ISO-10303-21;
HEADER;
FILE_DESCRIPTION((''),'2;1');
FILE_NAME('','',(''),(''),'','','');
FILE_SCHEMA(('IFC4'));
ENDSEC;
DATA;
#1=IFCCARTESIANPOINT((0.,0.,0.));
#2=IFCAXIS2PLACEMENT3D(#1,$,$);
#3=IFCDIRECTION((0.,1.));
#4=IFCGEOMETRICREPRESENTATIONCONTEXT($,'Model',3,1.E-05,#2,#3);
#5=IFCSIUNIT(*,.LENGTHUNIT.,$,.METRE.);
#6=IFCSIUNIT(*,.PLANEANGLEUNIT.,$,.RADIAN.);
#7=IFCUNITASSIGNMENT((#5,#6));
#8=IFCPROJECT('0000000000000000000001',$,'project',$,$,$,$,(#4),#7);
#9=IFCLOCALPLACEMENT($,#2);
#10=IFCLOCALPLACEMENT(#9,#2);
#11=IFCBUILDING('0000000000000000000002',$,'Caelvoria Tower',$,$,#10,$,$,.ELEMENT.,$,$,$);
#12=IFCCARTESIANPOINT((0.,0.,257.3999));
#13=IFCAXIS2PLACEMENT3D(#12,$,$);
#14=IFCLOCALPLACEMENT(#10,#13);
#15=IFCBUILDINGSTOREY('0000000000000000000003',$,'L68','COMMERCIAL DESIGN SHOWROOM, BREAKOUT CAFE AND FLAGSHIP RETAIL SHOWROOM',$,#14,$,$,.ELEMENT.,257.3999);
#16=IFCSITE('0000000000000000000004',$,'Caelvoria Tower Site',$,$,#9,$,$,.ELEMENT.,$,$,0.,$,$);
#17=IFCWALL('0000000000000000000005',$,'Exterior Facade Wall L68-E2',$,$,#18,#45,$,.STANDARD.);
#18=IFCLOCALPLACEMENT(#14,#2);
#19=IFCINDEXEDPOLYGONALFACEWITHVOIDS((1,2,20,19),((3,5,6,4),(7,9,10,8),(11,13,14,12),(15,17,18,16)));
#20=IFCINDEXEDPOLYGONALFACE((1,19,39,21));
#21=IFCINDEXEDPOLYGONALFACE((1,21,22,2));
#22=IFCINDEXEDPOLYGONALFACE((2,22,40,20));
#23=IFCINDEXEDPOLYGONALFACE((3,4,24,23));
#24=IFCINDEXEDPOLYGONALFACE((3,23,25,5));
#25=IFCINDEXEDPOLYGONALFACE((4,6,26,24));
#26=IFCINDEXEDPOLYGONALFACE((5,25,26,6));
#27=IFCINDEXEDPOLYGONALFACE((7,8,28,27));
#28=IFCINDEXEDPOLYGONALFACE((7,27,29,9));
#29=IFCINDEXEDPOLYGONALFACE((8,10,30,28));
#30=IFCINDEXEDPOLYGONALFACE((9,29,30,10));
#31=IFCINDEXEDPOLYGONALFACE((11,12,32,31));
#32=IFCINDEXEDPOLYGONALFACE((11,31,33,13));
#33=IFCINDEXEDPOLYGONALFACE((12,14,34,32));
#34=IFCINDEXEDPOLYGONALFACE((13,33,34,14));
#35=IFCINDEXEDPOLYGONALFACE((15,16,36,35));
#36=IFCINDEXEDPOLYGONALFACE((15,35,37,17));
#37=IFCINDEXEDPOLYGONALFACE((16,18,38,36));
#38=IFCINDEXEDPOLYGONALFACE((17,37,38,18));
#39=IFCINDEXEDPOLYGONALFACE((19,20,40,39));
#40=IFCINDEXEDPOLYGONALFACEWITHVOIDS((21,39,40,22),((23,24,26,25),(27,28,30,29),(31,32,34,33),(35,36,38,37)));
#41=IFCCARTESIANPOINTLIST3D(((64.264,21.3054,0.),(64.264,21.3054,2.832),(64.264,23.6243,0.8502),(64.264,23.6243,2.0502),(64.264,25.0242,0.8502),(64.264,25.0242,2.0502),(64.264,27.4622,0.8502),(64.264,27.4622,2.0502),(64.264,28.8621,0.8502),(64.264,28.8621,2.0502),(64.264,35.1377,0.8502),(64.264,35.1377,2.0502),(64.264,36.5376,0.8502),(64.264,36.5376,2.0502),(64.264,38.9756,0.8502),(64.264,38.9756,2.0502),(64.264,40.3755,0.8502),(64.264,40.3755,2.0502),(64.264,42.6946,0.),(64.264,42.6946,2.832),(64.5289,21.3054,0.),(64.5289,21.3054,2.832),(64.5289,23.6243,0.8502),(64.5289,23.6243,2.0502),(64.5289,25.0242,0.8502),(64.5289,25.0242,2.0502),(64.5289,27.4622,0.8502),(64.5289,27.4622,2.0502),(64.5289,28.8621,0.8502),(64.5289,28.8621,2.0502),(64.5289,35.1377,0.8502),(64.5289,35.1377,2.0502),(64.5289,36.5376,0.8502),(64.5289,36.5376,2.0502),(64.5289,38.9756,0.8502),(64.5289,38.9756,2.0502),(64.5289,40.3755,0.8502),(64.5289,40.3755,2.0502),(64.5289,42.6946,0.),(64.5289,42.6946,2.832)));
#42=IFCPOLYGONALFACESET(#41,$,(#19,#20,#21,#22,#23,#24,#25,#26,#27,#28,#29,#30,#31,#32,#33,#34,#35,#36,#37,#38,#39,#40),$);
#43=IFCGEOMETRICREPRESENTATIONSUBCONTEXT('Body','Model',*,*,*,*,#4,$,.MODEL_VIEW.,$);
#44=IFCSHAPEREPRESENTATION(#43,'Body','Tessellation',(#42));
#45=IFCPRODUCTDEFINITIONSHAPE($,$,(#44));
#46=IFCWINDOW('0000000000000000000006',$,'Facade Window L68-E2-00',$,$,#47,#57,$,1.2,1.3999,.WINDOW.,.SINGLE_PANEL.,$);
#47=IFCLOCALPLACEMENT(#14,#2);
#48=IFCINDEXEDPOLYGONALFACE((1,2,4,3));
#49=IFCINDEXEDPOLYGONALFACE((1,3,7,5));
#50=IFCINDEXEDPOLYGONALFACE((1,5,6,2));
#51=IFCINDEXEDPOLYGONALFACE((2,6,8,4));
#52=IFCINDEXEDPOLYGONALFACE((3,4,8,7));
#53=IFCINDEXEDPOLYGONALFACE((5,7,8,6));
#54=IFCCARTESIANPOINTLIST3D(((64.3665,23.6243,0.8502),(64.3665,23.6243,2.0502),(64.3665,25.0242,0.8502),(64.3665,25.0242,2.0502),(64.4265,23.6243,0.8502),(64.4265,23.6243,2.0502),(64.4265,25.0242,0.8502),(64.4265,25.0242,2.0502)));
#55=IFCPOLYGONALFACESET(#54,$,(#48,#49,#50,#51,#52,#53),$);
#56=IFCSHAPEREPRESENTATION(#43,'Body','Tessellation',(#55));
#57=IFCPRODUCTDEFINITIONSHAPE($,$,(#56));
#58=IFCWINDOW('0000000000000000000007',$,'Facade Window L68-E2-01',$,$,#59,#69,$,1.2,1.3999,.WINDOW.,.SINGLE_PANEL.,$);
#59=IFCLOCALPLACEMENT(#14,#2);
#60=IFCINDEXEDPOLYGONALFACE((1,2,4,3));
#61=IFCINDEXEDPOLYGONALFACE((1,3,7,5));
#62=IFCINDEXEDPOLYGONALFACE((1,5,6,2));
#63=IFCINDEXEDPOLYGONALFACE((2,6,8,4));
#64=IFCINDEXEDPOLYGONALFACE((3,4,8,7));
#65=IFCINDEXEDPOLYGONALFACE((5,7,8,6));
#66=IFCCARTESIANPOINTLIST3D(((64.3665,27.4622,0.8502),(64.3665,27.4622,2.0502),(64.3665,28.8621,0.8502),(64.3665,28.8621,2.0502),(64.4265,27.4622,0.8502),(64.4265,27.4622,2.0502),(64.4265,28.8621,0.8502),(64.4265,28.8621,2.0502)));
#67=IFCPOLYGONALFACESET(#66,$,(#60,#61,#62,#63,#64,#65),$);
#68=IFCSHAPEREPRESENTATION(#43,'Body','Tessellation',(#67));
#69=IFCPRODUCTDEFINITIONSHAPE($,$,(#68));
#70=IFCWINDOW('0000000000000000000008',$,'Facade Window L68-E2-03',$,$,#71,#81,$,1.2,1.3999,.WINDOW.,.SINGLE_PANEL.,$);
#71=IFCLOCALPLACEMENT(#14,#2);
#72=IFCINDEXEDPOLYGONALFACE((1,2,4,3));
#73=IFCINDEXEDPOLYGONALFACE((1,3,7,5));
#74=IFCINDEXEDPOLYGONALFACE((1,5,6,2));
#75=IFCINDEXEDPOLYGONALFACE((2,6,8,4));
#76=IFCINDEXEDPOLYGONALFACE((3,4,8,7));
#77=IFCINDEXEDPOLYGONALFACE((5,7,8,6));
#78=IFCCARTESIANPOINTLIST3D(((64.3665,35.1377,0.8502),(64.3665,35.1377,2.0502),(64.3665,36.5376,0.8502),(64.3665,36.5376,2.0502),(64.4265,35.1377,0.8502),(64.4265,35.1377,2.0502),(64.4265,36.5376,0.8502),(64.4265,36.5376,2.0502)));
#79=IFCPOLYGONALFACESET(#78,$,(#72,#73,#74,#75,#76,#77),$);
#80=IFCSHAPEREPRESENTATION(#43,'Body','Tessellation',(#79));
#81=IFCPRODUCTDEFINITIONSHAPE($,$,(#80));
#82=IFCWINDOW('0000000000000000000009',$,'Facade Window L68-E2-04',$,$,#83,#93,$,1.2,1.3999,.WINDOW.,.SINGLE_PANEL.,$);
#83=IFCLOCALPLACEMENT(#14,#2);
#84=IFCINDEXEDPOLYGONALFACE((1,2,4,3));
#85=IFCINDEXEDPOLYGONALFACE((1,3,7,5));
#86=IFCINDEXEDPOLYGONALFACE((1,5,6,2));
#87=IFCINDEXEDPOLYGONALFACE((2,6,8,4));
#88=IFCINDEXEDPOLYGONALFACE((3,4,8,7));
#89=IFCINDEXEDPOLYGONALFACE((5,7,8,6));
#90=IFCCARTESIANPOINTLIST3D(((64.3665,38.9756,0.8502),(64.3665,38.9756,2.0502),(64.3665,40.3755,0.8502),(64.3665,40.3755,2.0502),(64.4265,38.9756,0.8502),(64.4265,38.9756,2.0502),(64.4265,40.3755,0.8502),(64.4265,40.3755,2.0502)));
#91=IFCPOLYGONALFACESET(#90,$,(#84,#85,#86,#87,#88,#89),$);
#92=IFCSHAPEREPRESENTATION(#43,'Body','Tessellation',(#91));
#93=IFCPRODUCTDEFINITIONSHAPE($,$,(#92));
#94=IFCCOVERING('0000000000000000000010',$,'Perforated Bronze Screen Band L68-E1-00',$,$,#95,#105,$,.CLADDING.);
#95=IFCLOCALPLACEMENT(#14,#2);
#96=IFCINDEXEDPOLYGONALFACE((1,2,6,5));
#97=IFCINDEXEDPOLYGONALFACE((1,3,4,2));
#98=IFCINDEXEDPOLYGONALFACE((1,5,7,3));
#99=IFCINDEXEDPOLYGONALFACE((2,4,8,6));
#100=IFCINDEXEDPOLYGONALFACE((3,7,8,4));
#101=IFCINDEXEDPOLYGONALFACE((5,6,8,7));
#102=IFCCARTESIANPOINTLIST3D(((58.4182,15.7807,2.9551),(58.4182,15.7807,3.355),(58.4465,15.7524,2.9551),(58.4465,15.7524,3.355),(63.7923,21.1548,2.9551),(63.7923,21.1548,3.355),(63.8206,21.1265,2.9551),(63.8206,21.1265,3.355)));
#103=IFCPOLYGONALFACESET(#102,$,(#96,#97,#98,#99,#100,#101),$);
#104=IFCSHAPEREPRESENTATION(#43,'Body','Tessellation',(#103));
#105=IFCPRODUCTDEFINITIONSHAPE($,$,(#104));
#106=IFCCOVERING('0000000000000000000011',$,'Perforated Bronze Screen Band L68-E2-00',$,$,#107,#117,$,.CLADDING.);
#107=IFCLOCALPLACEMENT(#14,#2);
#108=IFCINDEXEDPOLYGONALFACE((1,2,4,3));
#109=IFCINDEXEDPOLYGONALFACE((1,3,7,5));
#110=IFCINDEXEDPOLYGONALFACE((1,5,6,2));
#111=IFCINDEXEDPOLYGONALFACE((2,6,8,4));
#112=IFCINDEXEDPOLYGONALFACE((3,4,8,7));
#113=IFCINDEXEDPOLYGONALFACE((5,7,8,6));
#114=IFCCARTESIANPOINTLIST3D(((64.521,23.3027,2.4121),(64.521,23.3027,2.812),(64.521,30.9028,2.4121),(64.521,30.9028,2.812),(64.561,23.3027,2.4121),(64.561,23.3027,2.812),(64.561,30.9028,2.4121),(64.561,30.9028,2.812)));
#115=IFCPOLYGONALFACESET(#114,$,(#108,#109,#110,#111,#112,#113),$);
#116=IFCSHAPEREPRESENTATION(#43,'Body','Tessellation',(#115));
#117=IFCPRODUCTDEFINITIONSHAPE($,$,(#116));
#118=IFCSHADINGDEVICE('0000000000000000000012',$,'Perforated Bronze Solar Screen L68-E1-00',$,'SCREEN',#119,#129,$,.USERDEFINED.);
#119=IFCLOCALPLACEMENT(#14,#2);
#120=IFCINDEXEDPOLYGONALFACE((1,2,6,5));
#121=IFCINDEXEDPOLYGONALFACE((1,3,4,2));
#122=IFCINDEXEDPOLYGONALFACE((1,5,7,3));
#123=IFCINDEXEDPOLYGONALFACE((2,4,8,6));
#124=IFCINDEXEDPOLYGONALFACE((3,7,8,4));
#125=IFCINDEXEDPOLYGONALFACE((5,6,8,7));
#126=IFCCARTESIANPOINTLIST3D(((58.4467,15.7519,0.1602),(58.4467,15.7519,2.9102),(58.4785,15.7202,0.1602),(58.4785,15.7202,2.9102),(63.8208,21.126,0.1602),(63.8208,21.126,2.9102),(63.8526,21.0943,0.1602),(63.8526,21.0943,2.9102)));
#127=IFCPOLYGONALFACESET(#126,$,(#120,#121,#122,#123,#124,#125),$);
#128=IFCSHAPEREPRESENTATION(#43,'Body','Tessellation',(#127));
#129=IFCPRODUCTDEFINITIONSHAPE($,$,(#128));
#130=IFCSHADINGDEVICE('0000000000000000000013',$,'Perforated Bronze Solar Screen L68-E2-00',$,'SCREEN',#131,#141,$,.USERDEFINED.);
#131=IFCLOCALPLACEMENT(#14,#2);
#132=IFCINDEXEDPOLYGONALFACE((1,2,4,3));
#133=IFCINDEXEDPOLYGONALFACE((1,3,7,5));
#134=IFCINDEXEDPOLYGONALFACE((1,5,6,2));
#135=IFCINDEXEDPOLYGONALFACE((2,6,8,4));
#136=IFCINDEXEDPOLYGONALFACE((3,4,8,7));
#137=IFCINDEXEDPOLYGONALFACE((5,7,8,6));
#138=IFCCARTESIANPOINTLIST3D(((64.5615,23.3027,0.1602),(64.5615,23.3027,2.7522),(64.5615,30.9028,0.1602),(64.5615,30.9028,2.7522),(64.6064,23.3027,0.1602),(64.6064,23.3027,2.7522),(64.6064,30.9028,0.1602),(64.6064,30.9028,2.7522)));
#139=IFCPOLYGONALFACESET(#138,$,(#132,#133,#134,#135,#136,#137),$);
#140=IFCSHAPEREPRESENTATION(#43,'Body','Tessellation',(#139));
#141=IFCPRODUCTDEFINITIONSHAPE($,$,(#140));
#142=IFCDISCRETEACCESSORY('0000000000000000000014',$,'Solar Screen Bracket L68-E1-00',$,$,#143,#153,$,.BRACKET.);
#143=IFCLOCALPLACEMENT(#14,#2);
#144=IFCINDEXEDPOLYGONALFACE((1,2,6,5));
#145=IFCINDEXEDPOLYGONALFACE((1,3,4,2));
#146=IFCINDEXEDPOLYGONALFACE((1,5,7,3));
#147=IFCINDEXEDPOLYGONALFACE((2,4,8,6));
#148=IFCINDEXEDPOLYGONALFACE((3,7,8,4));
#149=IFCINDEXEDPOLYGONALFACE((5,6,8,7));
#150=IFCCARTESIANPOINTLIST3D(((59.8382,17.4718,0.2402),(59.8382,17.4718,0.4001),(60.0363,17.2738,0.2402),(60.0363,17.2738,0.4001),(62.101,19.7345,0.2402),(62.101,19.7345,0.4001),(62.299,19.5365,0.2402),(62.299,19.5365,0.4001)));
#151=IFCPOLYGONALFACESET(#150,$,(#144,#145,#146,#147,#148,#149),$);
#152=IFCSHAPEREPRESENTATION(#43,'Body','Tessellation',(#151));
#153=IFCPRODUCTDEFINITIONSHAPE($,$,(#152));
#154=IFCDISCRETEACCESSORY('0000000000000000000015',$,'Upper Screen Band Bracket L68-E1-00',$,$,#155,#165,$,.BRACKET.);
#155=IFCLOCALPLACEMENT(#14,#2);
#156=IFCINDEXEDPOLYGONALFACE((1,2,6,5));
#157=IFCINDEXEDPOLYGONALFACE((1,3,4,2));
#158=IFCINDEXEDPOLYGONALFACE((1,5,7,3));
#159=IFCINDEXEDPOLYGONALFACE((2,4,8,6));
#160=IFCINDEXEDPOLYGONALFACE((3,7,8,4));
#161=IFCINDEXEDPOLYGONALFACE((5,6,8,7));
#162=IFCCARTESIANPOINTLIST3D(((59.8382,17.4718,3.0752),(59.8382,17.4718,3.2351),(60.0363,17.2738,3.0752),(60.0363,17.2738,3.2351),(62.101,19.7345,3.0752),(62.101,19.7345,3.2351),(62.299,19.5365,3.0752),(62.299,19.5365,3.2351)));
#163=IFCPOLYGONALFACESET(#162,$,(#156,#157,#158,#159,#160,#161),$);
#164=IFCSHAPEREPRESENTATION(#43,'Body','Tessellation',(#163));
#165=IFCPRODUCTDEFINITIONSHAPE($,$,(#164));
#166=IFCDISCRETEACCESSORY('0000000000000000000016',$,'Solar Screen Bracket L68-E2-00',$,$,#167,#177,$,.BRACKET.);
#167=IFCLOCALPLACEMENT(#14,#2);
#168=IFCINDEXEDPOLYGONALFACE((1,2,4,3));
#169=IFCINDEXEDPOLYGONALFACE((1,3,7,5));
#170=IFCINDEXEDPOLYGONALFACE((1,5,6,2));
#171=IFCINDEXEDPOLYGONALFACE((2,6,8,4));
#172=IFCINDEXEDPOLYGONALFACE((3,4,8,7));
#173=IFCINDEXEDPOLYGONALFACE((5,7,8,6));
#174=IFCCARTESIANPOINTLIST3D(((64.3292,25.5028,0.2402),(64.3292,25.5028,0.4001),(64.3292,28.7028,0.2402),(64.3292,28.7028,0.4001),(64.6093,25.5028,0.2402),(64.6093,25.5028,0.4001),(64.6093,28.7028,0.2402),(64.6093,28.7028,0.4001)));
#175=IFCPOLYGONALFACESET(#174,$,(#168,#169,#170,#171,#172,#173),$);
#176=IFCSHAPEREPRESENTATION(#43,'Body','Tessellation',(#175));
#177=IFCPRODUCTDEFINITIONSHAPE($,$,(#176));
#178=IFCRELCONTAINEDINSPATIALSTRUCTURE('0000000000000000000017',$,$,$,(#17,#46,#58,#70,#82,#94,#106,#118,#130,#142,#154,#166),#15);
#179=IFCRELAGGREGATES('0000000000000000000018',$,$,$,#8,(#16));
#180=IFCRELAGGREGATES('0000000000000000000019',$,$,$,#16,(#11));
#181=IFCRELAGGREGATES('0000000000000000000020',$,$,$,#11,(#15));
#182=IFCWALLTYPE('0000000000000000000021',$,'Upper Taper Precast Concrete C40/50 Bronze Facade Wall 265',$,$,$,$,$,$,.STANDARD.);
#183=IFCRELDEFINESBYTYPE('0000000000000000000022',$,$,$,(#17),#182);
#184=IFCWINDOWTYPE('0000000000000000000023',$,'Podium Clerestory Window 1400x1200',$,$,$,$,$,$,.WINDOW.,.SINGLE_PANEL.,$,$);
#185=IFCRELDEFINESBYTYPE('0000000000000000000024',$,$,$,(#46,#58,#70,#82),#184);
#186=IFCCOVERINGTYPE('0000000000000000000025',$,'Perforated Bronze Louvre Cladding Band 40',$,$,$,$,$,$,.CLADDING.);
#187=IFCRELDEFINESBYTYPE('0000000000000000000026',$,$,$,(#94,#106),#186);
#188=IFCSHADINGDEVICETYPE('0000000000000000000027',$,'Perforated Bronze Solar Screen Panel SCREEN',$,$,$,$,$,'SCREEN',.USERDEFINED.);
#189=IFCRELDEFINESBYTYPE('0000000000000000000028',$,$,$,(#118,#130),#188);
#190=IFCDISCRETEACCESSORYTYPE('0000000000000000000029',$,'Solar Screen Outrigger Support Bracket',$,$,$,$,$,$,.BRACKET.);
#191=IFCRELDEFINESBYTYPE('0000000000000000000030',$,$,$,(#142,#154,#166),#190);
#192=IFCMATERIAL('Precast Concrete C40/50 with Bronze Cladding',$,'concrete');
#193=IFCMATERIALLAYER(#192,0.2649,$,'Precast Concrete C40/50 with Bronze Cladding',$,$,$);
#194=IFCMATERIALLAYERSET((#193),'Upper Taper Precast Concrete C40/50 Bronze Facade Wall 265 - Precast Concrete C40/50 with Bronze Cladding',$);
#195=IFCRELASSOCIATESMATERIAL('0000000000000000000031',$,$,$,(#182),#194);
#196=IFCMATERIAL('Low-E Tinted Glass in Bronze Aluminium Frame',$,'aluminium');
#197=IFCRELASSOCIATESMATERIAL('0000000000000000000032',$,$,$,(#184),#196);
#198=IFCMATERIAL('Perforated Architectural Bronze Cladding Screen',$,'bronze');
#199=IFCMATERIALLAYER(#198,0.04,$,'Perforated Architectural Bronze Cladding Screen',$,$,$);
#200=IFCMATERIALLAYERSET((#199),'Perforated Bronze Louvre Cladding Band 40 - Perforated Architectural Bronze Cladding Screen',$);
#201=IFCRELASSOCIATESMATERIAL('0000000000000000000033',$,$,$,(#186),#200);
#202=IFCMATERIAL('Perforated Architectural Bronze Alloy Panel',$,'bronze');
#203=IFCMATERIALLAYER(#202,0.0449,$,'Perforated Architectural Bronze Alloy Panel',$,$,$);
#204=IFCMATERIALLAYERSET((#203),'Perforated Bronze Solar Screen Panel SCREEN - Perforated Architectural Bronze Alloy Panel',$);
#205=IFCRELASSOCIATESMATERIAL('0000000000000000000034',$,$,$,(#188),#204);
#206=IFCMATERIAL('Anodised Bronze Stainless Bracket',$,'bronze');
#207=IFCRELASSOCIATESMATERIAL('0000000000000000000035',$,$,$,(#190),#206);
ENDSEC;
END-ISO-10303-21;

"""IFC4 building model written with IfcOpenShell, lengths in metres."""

from ifc_helpers import new_model, si_unit, direction, frame, frame_2d, origin, origin_2d, place, context, subcontext, project, spatial, rectangle, extrude, material, layer, layer_set, type_object, element, fill, save


model = new_model("IFC4")

# Units and contexts
model_context = context("Model", 3, precision=1e-05, world=origin(), true_north=direction((0.0, 1.0)))
body_context = subcontext(model_context, "Body", "Model", "MODEL_VIEW")
ifc_project = project(units=[si_unit("LENGTHUNIT", "METRE"), si_unit("PLANEANGLEUNIT", "RADIAN")], contexts=[model_context])

# Site, building, storey
site_placement = place(None, origin())
site = spatial("IfcSite", under=ifc_project, at=site_placement, Name="Caelvoria Tower Site", CompositionType="ELEMENT", RefElevation=0.0)
building_placement = place(site_placement, origin())
building = spatial("IfcBuilding", under=site, at=building_placement, Name="Caelvoria Tower", CompositionType="ELEMENT")
storey_placement = place(building_placement, frame((0.0, 0.0, 257.3999)))
storey = spatial("IfcBuildingStorey", under=building, at=storey_placement, Name="L68", Description="COMMERCIAL DESIGN SHOWROOM, BREAKOUT CAFE AND FLAGSHIP RETAIL SHOWROOM", CompositionType="ELEMENT", Elevation=257.3999)

# Shared definitions
ifc_material_1 = material(Name="Precast Concrete C40/50 with Bronze Cladding", Category="concrete")
ifc_layer_1 = layer(ifc_material_1, 0.2649, Name="Precast Concrete C40/50 with Bronze Cladding")
ifc_layer_set_1 = layer_set([ifc_layer_1], Name="Upper Taper Precast Concrete C40/50 Bronze Facade Wall 265 - Precast Concrete C40/50 with Bronze Cladding")
wall_type_1 = type_object("IfcWallType", Name="Upper Taper Precast Concrete C40/50 Bronze Facade Wall 265", PredefinedType="STANDARD", material=ifc_layer_set_1)

# Wall, openings, windows
wall_1_placement = place(storey_placement, frame((64.3965, 21.3054, 0.0), z_axis=(0.0, 0.0, 1.0), x_axis=(0.0, 1.0, 0.0)))
wall_1 = element("IfcWall", 1, at=wall_1_placement, inside=storey, type_object=wall_type_1, Name="Exterior Facade Wall L68-E2", PredefinedType="STANDARD", context=body_context, shape_type="SweptSolid", body=[
    extrude(rectangle(XDim=21.3892, YDim=0.2649, at=frame_2d((10.6946, 0.0))), origin(), (0.0, 0.0, 1.0), 2.832),
])
opening_1_placement = place(wall_1_placement, frame((2.3188, 0.0, 0.8501)))
opening_1 = element("IfcOpeningElement", 2, at=opening_1_placement, cuts=wall_1, PredefinedType="OPENING", context=body_context, shape_type="SweptSolid", body=[
    extrude(rectangle(XDim=1.3999, YDim=1.2, at=frame_2d((0.7, 0.6001))), frame((0.0, 0.1423, 0.0), z_axis=(0.0, -1.0, 0.0), x_axis=(1.0, 0.0, 0.0)), (0.0, 0.0, 1.0), 0.2849),
])
opening_2_placement = place(wall_1_placement, frame((6.1567, 0.0, 0.8501)))
opening_2 = element("IfcOpeningElement", 3, at=opening_2_placement, cuts=wall_1, PredefinedType="OPENING", context=body_context, shape_type="SweptSolid", body=[
    extrude(rectangle(XDim=1.3999, YDim=1.2, at=frame_2d((0.7, 0.6001))), frame((0.0, 0.1423, 0.0), z_axis=(0.0, -1.0, 0.0), x_axis=(1.0, 0.0, 0.0)), (0.0, 0.0, 1.0), 0.2849),
])
opening_3_placement = place(wall_1_placement, frame((13.8323, 0.0, 0.8501)))
opening_3 = element("IfcOpeningElement", 4, at=opening_3_placement, cuts=wall_1, PredefinedType="OPENING", context=body_context, shape_type="SweptSolid", body=[
    extrude(rectangle(XDim=1.3999, YDim=1.2, at=frame_2d((0.7, 0.6001))), frame((0.0, 0.1423, 0.0), z_axis=(0.0, -1.0, 0.0), x_axis=(1.0, 0.0, 0.0)), (0.0, 0.0, 1.0), 0.2849),
])
opening_4_placement = place(wall_1_placement, frame((17.6702, 0.0, 0.8501)))
opening_4 = element("IfcOpeningElement", 5, at=opening_4_placement, cuts=wall_1, PredefinedType="OPENING", context=body_context, shape_type="SweptSolid", body=[
    extrude(rectangle(XDim=1.3999, YDim=1.2, at=frame_2d((0.7, 0.6001))), frame((0.0, 0.1423, 0.0), z_axis=(0.0, -1.0, 0.0), x_axis=(1.0, 0.0, 0.0)), (0.0, 0.0, 1.0), 0.2849),
])
ifc_material_2 = material(Name="Low-E Tinted Glass in Bronze Aluminium Frame", Category="aluminium")
window_type = type_object("IfcWindowType", Name="Podium Clerestory Window 1400x1200", PartitioningType="SINGLE_PANEL", PredefinedType="WINDOW", material=ifc_material_2)
window_1_placement = place(opening_1_placement, origin())
window_1 = element("IfcWindow", 6, at=window_1_placement, inside=storey, type_object=window_type, Name="Facade Window L68-E2-00", OverallHeight=1.2, OverallWidth=1.3999, PartitioningType="SINGLE_PANEL", PredefinedType="WINDOW", context=body_context, shape_type="SweptSolid", body=[
    extrude(rectangle(XDim=1.3999, YDim=1.2, at=frame_2d((0.7, 0.6001))), frame((0.0, 0.03, 0.0), z_axis=(0.0, -1.0, 0.0), x_axis=(1.0, 0.0, 0.0)), (0.0, 0.0, 1.0), 0.0601),
])
fill(opening_1, window_1)
window_2_placement = place(opening_2_placement, origin())
window_2 = element("IfcWindow", 7, at=window_2_placement, inside=storey, type_object=window_type, Name="Facade Window L68-E2-01", OverallHeight=1.2, OverallWidth=1.3999, PartitioningType="SINGLE_PANEL", PredefinedType="WINDOW", context=body_context, shape_type="SweptSolid", body=[
    extrude(rectangle(XDim=1.3999, YDim=1.2, at=frame_2d((0.7, 0.6001))), frame((0.0, 0.03, 0.0), z_axis=(0.0, -1.0, 0.0), x_axis=(1.0, 0.0, 0.0)), (0.0, 0.0, 1.0), 0.0601),
])
fill(opening_2, window_2)
window_3_placement = place(opening_3_placement, origin())
window_3 = element("IfcWindow", 8, at=window_3_placement, inside=storey, type_object=window_type, Name="Facade Window L68-E2-03", OverallHeight=1.2, OverallWidth=1.3999, PartitioningType="SINGLE_PANEL", PredefinedType="WINDOW", context=body_context, shape_type="SweptSolid", body=[
    extrude(rectangle(XDim=1.3999, YDim=1.2, at=frame_2d((0.7, 0.6001))), frame((0.0, 0.03, 0.0), z_axis=(0.0, -1.0, 0.0), x_axis=(1.0, 0.0, 0.0)), (0.0, 0.0, 1.0), 0.0601),
])
fill(opening_3, window_3)
window_4_placement = place(opening_4_placement, origin())
window_4 = element("IfcWindow", 9, at=window_4_placement, inside=storey, type_object=window_type, Name="Facade Window L68-E2-04", OverallHeight=1.2, OverallWidth=1.3999, PartitioningType="SINGLE_PANEL", PredefinedType="WINDOW", context=body_context, shape_type="SweptSolid", body=[
    extrude(rectangle(XDim=1.3999, YDim=1.2, at=frame_2d((0.7, 0.6001))), frame((0.0, 0.03, 0.0), z_axis=(0.0, -1.0, 0.0), x_axis=(1.0, 0.0, 0.0)), (0.0, 0.0, 1.0), 0.0601),
])
fill(opening_4, window_4)

# Coverings
ifc_material_3 = material(Name="Perforated Architectural Bronze Cladding Screen", Category="bronze")
ifc_layer_2 = layer(ifc_material_3, 0.04, Name="Perforated Architectural Bronze Cladding Screen")
ifc_layer_set_2 = layer_set([ifc_layer_2], Name="Perforated Bronze Louvre Cladding Band 40 - Perforated Architectural Bronze Cladding Screen")
covering_type = type_object("IfcCoveringType", Name="Perforated Bronze Louvre Cladding Band 40", PredefinedType="CLADDING", material=ifc_layer_set_2)
for number, where, z_axis, x_axis, name in (
    (10, (61.1194, 18.4536, 2.9551), (0.0, 0.0, 1.0), (0.707107, 0.707107, 0.0), "Perforated Bronze Screen Band L68-E1-00"),
    (11, (64.541, 27.1028, 2.4121), (0.0, 0.0, 1.0), (0.0, 1.0, 0.0), "Perforated Bronze Screen Band L68-E2-00"),
):
    element("IfcCovering", number, at=place(storey_placement, frame(where, z_axis=z_axis, x_axis=x_axis)), inside=storey, type_object=covering_type, Name=name, PredefinedType="CLADDING", context=body_context, shape_type="SweptSolid", body=[
        extrude(rectangle(XDim=7.6001, YDim=0.04, at=origin_2d()), origin(), (0.0, 0.0, 1.0), 0.3999),
    ])

# Shading devices
ifc_material_4 = material(Name="Perforated Architectural Bronze Alloy Panel", Category="bronze")
ifc_layer_3 = layer(ifc_material_4, 0.0449, Name="Perforated Architectural Bronze Alloy Panel")
ifc_layer_set_3 = layer_set([ifc_layer_3], Name="Perforated Bronze Solar Screen Panel SCREEN - Perforated Architectural Bronze Alloy Panel")
shading_device_type = type_object("IfcShadingDeviceType", Name="Perforated Bronze Solar Screen Panel SCREEN", ElementType="SCREEN", PredefinedType="USERDEFINED", material=ifc_layer_set_3)
shading_device_1_placement = place(storey_placement, frame((61.1497, 18.4231, 0.1602), z_axis=(0.0, 0.0, 1.0), x_axis=(0.707107, 0.707107, 0.0)))
element("IfcShadingDevice", 12, at=shading_device_1_placement, inside=storey, type_object=shading_device_type, Name="Perforated Bronze Solar Screen L68-E1-00", ObjectType="SCREEN", PredefinedType="USERDEFINED", context=body_context, shape_type="SweptSolid", body=[
    extrude(rectangle(XDim=7.6001, YDim=0.0449, at=origin_2d()), origin(), (0.0, 0.0, 1.0), 2.75),
])
shading_device_2_placement = place(storey_placement, frame((64.584, 27.1028, 0.1602), z_axis=(0.0, 0.0, 1.0), x_axis=(0.0, 1.0, 0.0)))
element("IfcShadingDevice", 13, at=shading_device_2_placement, inside=storey, type_object=shading_device_type, Name="Perforated Bronze Solar Screen L68-E2-00", ObjectType="SCREEN", PredefinedType="USERDEFINED", context=body_context, shape_type="SweptSolid", body=[
    extrude(rectangle(XDim=7.6001, YDim=0.0449, at=origin_2d()), origin(), (0.0, 0.0, 1.0), 2.592),
])

# Discrete accessories
ifc_material_5 = material(Name="Anodised Bronze Stainless Bracket", Category="bronze")
discrete_accessory_type = type_object("IfcDiscreteAccessoryType", Name="Solar Screen Outrigger Support Bracket", PredefinedType="BRACKET", material=ifc_material_5)
for number, where, z_axis, x_axis, name in (
    (14, (61.0686, 18.5042, 0.2402), (0.0, 0.0, 1.0), (0.707107, 0.707107, 0.0), "Solar Screen Bracket L68-E1-00"),
    (15, (61.0686, 18.5042, 3.0752), (0.0, 0.0, 1.0), (0.707107, 0.707107, 0.0), "Upper Screen Band Bracket L68-E1-00"),
    (16, (64.4692, 27.1028, 0.2402), (0.0, 0.0, 1.0), (0.0, 1.0, 0.0), "Solar Screen Bracket L68-E2-00"),
):
    element("IfcDiscreteAccessory", number, at=place(storey_placement, frame(where, z_axis=z_axis, x_axis=x_axis)), inside=storey, type_object=discrete_accessory_type, Name=name, PredefinedType="BRACKET", context=body_context, shape_type="SweptSolid", body=[
        extrude(rectangle(XDim=3.2, YDim=0.28, at=origin_2d()), origin(), (0.0, 0.0, 1.0), 0.1599),
    ])

save(model, "model.ifc")
